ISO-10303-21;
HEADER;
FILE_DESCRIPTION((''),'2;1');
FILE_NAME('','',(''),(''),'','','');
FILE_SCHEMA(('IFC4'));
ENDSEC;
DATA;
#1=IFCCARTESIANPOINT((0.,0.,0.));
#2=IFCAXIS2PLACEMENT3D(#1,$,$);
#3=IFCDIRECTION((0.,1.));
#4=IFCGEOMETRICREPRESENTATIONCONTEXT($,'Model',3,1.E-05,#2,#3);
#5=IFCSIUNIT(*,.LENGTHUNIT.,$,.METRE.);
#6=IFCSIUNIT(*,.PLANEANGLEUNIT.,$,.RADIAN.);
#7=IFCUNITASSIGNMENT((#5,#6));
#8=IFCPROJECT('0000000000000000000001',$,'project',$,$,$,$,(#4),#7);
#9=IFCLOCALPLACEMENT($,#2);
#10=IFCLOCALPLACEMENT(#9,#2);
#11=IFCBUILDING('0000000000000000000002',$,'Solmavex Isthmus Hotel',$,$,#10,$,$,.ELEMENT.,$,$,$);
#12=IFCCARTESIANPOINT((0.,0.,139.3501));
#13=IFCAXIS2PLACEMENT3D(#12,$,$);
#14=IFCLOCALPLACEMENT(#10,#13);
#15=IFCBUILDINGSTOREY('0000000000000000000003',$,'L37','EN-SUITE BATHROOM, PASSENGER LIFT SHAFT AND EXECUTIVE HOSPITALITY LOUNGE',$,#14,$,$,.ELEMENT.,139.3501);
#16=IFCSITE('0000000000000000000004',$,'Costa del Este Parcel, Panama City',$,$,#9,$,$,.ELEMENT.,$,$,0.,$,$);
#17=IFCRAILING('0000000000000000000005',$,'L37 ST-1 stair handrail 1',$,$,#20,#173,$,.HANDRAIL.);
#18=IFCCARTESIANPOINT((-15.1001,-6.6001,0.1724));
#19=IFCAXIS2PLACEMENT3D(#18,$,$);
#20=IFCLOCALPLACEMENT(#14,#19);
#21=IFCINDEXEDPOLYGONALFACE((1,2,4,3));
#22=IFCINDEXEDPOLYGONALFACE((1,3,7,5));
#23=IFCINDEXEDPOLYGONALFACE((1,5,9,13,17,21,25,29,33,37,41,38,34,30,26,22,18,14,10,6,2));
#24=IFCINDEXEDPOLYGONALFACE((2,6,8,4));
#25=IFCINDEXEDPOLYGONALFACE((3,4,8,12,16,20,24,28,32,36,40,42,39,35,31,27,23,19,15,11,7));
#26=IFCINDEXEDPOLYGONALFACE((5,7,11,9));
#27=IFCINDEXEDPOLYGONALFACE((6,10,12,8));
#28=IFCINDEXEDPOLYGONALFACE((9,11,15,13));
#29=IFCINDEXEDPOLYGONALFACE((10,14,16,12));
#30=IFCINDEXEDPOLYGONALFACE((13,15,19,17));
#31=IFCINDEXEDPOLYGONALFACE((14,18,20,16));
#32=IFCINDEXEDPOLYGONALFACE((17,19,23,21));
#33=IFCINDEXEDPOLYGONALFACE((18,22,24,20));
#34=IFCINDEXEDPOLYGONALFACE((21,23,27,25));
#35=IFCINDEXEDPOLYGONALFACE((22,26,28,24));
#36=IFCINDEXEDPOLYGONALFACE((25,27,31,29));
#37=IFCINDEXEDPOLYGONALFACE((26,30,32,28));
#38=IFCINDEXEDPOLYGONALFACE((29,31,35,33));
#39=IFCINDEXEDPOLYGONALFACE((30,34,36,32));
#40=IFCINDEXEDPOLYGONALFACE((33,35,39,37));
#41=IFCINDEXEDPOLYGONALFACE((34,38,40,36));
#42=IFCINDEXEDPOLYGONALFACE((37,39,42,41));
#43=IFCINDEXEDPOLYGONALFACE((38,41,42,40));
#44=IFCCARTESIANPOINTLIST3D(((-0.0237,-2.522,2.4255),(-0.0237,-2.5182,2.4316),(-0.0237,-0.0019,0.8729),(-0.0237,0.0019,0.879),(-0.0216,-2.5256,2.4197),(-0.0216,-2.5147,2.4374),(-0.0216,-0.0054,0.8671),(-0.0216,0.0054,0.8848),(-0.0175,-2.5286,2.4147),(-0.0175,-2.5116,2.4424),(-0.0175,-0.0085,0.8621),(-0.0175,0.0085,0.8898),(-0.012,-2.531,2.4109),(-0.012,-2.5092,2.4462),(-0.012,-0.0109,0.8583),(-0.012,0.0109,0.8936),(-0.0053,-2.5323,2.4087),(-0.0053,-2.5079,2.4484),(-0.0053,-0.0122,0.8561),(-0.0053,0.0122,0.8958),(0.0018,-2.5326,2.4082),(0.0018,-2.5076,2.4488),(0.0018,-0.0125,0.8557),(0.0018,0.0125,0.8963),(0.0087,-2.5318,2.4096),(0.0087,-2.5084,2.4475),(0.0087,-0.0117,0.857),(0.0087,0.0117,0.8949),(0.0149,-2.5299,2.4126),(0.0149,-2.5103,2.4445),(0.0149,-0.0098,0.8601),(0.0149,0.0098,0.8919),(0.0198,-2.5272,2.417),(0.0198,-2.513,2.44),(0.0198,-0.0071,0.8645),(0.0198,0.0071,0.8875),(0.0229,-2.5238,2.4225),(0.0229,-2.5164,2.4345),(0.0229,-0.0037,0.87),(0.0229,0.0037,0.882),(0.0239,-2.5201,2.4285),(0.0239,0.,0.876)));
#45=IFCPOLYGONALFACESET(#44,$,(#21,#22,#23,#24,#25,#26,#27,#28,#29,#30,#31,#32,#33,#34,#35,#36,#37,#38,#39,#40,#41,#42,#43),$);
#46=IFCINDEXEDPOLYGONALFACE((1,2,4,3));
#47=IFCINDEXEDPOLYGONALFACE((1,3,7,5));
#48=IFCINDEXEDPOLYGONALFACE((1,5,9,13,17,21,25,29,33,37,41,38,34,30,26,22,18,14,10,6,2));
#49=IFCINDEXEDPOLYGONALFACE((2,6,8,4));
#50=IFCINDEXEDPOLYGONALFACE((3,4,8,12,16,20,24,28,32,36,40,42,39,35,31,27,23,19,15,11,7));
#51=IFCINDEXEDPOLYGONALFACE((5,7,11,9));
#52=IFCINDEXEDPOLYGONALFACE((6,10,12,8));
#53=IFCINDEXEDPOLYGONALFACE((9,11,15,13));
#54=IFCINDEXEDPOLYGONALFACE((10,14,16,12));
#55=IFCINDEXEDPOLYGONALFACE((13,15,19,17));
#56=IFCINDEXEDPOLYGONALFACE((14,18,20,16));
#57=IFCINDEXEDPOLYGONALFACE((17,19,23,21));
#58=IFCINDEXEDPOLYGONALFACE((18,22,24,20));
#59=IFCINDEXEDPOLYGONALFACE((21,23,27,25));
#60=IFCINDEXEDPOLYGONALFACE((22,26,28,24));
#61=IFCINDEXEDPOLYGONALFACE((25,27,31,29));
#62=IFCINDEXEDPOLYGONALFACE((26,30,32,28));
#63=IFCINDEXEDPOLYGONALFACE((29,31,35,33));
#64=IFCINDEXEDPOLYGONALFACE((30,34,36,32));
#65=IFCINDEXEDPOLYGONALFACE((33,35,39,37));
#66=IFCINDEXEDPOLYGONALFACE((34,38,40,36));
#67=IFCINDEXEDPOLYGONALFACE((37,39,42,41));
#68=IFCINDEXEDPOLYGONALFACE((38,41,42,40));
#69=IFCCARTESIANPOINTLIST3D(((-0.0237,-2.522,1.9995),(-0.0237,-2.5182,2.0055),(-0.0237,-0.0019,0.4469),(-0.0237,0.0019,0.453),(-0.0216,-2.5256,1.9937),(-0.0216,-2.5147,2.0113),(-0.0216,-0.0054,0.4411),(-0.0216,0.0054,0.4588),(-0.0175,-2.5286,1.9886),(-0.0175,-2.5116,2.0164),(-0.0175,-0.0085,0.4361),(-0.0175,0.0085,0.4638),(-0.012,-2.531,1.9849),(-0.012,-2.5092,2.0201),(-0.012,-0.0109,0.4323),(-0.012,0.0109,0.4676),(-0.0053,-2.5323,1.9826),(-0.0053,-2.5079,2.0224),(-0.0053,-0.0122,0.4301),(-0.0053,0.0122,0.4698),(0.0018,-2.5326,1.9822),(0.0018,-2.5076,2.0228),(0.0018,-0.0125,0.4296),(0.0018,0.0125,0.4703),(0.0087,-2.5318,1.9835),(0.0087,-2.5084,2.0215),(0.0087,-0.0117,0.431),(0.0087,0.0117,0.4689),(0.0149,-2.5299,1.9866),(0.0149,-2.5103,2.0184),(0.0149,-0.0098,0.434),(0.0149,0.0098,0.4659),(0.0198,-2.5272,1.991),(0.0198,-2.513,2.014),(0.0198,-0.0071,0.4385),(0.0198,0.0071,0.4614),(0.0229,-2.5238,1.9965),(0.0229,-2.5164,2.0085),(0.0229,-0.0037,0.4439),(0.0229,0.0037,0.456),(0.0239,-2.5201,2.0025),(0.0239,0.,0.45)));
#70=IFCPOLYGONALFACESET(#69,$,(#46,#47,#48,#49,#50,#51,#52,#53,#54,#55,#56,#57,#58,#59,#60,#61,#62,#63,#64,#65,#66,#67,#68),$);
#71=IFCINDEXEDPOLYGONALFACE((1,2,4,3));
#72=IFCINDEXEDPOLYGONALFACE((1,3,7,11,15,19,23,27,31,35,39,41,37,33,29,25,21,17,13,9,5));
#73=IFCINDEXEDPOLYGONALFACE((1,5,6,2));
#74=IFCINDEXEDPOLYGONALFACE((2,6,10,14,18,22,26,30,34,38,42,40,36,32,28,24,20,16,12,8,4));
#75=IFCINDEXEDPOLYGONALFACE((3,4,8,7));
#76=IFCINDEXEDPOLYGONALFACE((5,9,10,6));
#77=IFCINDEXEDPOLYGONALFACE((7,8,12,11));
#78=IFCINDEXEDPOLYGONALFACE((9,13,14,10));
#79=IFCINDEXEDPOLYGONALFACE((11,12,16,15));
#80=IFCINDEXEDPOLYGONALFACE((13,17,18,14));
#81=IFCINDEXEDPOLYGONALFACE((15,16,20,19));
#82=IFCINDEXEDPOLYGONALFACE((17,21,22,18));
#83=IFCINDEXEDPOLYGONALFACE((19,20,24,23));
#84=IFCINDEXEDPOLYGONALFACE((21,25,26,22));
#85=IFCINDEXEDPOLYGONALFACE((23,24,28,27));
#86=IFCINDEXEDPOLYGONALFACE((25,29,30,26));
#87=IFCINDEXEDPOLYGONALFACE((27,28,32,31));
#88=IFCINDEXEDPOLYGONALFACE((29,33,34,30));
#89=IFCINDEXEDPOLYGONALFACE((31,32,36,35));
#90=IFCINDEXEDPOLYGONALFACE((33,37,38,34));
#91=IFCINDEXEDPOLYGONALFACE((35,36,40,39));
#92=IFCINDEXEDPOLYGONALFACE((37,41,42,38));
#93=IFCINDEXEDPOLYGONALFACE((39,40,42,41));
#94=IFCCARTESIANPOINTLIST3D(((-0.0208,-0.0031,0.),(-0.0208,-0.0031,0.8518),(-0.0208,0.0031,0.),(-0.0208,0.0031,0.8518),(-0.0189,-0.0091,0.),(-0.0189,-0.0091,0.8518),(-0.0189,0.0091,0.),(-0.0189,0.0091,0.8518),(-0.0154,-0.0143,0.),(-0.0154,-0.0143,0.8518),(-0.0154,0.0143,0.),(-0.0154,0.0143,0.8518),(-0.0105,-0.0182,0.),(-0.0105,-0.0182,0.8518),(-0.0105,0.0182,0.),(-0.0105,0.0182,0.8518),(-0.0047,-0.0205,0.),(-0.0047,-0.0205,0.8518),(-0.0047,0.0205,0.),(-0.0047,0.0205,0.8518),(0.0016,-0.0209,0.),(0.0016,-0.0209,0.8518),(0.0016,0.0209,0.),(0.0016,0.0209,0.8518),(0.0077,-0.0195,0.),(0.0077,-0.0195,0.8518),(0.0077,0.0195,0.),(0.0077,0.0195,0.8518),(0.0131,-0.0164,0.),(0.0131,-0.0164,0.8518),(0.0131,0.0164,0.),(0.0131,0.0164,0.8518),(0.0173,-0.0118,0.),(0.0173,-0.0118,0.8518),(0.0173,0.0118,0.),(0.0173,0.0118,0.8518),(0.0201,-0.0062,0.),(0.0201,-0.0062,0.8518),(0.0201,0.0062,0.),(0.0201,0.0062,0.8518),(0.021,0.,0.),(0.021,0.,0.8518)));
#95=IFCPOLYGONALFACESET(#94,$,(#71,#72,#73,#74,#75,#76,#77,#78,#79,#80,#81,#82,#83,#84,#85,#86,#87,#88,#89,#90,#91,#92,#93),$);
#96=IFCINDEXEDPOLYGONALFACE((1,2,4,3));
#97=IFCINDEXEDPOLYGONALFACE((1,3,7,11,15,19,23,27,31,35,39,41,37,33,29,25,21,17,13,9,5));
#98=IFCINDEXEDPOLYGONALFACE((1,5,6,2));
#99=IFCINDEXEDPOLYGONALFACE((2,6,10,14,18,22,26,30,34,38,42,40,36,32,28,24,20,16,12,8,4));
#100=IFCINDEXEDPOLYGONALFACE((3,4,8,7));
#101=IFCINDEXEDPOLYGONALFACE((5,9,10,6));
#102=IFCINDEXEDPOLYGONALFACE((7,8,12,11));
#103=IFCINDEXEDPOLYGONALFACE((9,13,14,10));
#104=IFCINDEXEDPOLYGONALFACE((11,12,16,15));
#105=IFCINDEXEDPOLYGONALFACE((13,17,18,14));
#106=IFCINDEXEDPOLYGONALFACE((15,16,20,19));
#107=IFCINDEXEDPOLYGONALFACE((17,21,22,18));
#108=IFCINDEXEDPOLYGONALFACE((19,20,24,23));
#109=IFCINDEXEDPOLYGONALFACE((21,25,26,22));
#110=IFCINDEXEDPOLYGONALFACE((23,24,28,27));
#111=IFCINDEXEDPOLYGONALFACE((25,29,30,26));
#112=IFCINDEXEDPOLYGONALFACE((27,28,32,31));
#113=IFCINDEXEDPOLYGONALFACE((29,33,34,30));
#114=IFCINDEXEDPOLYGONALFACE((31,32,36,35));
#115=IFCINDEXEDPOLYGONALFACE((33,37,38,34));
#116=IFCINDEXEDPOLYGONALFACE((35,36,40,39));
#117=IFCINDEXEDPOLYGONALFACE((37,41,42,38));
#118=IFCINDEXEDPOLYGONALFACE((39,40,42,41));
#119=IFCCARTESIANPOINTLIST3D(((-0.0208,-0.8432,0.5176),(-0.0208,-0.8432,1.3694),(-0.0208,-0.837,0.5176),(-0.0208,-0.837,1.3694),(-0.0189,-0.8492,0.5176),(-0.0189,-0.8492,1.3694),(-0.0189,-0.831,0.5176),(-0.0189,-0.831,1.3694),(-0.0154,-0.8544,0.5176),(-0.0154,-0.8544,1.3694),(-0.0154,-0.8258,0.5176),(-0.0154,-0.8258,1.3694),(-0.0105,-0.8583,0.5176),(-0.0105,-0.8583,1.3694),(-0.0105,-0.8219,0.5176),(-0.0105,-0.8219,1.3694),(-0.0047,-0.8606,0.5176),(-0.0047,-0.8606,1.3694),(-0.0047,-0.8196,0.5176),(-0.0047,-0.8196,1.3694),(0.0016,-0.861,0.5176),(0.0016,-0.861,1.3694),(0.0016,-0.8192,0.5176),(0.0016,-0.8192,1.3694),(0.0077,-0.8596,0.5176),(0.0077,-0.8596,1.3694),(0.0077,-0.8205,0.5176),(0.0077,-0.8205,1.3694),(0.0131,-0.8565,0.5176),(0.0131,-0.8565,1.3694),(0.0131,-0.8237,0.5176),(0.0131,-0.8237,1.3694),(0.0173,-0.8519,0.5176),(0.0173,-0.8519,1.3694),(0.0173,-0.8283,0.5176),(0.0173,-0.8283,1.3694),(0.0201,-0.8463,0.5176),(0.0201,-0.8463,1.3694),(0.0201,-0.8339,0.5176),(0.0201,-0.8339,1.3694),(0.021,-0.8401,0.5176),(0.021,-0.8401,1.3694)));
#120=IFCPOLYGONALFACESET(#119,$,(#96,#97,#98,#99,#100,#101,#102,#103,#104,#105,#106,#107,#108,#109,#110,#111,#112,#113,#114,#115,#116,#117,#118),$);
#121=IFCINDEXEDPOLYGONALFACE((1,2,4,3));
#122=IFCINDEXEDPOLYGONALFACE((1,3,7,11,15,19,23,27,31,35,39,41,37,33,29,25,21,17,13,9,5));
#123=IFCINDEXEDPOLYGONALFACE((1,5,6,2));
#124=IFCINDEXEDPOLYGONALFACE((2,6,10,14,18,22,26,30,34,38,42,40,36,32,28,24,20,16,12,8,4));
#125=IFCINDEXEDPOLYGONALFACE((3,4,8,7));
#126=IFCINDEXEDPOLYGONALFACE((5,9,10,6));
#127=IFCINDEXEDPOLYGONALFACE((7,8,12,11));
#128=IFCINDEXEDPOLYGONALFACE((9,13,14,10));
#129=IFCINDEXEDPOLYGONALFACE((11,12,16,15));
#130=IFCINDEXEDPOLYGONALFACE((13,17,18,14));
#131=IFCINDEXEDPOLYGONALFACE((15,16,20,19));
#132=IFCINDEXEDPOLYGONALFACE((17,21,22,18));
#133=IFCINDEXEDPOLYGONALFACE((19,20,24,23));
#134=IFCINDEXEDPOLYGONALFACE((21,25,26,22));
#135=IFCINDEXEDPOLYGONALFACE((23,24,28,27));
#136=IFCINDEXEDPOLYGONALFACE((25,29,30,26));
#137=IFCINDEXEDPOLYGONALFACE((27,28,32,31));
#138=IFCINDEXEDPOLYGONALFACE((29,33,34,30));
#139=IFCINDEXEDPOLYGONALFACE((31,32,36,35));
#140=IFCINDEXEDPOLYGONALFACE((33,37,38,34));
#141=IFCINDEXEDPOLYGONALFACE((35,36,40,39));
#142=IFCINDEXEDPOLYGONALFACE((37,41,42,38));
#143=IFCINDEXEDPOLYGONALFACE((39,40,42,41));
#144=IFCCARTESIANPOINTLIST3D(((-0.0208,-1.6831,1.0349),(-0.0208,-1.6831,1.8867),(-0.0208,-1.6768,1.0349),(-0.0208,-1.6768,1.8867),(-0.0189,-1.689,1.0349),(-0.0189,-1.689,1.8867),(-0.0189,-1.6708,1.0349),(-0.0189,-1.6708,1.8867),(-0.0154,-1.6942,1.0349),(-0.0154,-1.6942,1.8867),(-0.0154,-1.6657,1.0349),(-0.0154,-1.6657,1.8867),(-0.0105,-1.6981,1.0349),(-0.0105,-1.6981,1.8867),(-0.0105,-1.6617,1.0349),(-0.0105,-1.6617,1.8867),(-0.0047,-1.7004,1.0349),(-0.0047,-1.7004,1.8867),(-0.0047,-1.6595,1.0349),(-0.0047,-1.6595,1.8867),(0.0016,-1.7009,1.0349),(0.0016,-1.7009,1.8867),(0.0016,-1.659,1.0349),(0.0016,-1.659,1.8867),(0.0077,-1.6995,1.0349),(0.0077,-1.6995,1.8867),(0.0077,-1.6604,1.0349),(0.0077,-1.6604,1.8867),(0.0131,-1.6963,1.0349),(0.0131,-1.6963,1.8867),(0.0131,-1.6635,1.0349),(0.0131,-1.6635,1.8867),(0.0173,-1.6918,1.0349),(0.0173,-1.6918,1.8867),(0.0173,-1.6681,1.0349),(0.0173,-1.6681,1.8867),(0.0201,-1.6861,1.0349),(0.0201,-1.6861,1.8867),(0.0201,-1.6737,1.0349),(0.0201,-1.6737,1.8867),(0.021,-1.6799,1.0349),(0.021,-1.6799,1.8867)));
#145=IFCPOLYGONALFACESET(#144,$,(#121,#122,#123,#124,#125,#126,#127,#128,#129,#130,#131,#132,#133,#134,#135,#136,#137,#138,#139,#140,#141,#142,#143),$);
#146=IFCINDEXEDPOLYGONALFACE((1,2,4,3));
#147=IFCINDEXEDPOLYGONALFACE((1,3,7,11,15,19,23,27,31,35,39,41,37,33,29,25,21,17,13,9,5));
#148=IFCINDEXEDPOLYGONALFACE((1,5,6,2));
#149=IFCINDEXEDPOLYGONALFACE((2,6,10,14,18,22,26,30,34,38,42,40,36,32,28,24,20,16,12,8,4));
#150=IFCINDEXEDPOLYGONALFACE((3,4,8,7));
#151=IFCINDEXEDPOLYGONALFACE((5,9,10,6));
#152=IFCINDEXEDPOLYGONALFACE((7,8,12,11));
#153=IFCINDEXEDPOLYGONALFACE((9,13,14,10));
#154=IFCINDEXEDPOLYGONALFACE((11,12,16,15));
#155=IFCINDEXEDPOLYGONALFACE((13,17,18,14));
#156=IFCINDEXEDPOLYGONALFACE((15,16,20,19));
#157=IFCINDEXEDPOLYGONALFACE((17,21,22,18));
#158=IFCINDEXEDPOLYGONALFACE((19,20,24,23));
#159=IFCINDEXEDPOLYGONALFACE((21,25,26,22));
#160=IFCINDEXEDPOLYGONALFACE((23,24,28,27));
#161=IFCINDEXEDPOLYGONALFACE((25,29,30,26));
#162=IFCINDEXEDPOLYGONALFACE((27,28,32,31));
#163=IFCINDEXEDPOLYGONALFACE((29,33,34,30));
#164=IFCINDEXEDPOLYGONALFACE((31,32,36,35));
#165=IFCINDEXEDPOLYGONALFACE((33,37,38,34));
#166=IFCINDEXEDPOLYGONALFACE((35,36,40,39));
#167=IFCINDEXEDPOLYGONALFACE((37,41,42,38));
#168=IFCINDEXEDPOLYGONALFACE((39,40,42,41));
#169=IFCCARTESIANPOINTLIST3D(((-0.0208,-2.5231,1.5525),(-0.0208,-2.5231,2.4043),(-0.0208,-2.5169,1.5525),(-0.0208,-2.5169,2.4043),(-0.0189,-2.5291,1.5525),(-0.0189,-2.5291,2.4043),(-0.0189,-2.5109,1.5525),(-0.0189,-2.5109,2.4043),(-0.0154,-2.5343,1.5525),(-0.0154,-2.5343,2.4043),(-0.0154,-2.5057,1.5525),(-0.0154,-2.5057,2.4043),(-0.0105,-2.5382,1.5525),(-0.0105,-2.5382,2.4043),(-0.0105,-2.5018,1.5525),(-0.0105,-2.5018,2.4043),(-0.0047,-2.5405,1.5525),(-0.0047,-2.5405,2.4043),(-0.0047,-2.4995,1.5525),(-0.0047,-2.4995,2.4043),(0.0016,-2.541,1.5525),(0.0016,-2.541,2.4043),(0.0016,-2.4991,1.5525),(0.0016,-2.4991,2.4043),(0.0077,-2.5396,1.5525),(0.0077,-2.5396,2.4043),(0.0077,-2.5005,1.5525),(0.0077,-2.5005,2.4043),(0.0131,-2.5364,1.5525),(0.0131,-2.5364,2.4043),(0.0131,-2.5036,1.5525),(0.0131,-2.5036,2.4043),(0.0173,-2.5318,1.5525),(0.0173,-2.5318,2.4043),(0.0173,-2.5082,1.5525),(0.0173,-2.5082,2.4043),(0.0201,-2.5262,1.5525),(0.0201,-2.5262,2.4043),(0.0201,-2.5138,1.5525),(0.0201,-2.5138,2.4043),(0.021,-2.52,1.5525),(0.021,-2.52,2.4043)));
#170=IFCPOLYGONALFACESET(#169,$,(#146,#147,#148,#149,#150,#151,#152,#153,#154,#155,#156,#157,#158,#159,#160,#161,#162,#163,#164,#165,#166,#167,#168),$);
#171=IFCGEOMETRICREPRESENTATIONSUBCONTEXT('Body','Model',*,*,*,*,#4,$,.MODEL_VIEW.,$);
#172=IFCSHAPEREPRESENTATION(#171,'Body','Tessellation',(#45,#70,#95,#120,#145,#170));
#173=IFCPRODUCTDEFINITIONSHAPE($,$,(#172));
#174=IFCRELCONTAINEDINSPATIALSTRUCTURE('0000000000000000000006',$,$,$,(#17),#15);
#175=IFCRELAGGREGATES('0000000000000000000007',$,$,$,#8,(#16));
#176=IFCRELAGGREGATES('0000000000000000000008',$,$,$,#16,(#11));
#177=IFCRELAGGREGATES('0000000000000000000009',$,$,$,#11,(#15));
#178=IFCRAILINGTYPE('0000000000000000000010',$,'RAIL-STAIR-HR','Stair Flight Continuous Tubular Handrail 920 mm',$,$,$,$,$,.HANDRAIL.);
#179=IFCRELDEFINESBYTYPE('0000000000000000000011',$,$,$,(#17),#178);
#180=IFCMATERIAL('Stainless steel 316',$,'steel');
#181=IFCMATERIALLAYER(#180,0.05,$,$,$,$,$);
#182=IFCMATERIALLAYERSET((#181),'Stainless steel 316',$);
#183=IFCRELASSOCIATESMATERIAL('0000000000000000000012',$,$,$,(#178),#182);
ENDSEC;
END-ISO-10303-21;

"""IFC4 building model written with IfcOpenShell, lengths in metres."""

from ifc_helpers import new_model, si_unit, direction, frame, origin, origin_2d, place, context, subcontext, project, spatial, circle, extrude, material, layer, layer_set, type_object, element, save


model = new_model("IFC4")

# Units and contexts
model_context = context("Model", 3, precision=1e-05, world=origin(), true_north=direction((0.0, 1.0)))
body_context = subcontext(model_context, "Body", "Model", "MODEL_VIEW")
ifc_project = project(units=[si_unit("LENGTHUNIT", "METRE"), si_unit("PLANEANGLEUNIT", "RADIAN")], contexts=[model_context])

# Site, building, storey
site_placement = place(None, origin())
site = spatial("IfcSite", under=ifc_project, at=site_placement, Name="Costa del Este Parcel, Panama City", CompositionType="ELEMENT", RefElevation=0.0)
building_placement = place(site_placement, origin())
building = spatial("IfcBuilding", under=site, at=building_placement, Name="Solmavex Isthmus Hotel", CompositionType="ELEMENT")
storey_placement = place(building_placement, frame((0.0, 0.0, 139.3501)))
storey = spatial("IfcBuildingStorey", under=building, at=storey_placement, Name="L37", Description="EN-SUITE BATHROOM, PASSENGER LIFT SHAFT AND EXECUTIVE HOSPITALITY LOUNGE", CompositionType="ELEMENT", Elevation=139.3501)

# Railing
ifc_material_1 = material(Name="Stainless steel 316", Category="steel")
ifc_layer_1 = layer(ifc_material_1, 0.05)
ifc_layer_set_1 = layer_set([ifc_layer_1], Name="Stainless steel 316")
railing_type_1 = type_object("IfcRailingType", Name="RAIL-STAIR-HR", Description="Stair Flight Continuous Tubular Handrail 920 mm", PredefinedType="HANDRAIL", material=ifc_layer_set_1)
railing_1_placement = place(storey_placement, frame((-15.1001, -6.6001, 0.1724)))
element("IfcRailing", 1, at=railing_1_placement, inside=storey, type_object=railing_type_1, Name="L37 ST-1 stair handrail 1", PredefinedType="HANDRAIL", context=body_context, shape_type="SweptSolid", body=[
    extrude(circle(Radius=0.0239, at=origin_2d()), frame((0.0, 0.0, 0.876), z_axis=(0.0, -0.8514, 0.524516), x_axis=(1.0, 0.0, 0.0)), (0.0, 0.0, 1.0), 2.96),
    extrude(circle(Radius=0.0239, at=origin_2d()), frame((0.0, 0.0, 0.45), z_axis=(0.0, -0.8514, 0.524516), x_axis=(1.0, 0.0, 0.0)), (0.0, 0.0, 1.0), 2.96),
    extrude(circle(Radius=0.021, at=origin_2d()), origin(), (0.0, 0.0, 1.0), 0.8518),
    extrude(circle(Radius=0.021, at=origin_2d()), frame((0.0, -0.8401, 0.5176)), (0.0, 0.0, 1.0), 0.8518),
    extrude(circle(Radius=0.021, at=origin_2d()), frame((0.0, -1.6799, 1.0349)), (0.0, 0.0, 1.0), 0.8518),
    extrude(circle(Radius=0.021, at=origin_2d()), frame((0.0, -2.52, 1.5525)), (0.0, 0.0, 1.0), 0.8518),
])

save(model, "model.ifc")
